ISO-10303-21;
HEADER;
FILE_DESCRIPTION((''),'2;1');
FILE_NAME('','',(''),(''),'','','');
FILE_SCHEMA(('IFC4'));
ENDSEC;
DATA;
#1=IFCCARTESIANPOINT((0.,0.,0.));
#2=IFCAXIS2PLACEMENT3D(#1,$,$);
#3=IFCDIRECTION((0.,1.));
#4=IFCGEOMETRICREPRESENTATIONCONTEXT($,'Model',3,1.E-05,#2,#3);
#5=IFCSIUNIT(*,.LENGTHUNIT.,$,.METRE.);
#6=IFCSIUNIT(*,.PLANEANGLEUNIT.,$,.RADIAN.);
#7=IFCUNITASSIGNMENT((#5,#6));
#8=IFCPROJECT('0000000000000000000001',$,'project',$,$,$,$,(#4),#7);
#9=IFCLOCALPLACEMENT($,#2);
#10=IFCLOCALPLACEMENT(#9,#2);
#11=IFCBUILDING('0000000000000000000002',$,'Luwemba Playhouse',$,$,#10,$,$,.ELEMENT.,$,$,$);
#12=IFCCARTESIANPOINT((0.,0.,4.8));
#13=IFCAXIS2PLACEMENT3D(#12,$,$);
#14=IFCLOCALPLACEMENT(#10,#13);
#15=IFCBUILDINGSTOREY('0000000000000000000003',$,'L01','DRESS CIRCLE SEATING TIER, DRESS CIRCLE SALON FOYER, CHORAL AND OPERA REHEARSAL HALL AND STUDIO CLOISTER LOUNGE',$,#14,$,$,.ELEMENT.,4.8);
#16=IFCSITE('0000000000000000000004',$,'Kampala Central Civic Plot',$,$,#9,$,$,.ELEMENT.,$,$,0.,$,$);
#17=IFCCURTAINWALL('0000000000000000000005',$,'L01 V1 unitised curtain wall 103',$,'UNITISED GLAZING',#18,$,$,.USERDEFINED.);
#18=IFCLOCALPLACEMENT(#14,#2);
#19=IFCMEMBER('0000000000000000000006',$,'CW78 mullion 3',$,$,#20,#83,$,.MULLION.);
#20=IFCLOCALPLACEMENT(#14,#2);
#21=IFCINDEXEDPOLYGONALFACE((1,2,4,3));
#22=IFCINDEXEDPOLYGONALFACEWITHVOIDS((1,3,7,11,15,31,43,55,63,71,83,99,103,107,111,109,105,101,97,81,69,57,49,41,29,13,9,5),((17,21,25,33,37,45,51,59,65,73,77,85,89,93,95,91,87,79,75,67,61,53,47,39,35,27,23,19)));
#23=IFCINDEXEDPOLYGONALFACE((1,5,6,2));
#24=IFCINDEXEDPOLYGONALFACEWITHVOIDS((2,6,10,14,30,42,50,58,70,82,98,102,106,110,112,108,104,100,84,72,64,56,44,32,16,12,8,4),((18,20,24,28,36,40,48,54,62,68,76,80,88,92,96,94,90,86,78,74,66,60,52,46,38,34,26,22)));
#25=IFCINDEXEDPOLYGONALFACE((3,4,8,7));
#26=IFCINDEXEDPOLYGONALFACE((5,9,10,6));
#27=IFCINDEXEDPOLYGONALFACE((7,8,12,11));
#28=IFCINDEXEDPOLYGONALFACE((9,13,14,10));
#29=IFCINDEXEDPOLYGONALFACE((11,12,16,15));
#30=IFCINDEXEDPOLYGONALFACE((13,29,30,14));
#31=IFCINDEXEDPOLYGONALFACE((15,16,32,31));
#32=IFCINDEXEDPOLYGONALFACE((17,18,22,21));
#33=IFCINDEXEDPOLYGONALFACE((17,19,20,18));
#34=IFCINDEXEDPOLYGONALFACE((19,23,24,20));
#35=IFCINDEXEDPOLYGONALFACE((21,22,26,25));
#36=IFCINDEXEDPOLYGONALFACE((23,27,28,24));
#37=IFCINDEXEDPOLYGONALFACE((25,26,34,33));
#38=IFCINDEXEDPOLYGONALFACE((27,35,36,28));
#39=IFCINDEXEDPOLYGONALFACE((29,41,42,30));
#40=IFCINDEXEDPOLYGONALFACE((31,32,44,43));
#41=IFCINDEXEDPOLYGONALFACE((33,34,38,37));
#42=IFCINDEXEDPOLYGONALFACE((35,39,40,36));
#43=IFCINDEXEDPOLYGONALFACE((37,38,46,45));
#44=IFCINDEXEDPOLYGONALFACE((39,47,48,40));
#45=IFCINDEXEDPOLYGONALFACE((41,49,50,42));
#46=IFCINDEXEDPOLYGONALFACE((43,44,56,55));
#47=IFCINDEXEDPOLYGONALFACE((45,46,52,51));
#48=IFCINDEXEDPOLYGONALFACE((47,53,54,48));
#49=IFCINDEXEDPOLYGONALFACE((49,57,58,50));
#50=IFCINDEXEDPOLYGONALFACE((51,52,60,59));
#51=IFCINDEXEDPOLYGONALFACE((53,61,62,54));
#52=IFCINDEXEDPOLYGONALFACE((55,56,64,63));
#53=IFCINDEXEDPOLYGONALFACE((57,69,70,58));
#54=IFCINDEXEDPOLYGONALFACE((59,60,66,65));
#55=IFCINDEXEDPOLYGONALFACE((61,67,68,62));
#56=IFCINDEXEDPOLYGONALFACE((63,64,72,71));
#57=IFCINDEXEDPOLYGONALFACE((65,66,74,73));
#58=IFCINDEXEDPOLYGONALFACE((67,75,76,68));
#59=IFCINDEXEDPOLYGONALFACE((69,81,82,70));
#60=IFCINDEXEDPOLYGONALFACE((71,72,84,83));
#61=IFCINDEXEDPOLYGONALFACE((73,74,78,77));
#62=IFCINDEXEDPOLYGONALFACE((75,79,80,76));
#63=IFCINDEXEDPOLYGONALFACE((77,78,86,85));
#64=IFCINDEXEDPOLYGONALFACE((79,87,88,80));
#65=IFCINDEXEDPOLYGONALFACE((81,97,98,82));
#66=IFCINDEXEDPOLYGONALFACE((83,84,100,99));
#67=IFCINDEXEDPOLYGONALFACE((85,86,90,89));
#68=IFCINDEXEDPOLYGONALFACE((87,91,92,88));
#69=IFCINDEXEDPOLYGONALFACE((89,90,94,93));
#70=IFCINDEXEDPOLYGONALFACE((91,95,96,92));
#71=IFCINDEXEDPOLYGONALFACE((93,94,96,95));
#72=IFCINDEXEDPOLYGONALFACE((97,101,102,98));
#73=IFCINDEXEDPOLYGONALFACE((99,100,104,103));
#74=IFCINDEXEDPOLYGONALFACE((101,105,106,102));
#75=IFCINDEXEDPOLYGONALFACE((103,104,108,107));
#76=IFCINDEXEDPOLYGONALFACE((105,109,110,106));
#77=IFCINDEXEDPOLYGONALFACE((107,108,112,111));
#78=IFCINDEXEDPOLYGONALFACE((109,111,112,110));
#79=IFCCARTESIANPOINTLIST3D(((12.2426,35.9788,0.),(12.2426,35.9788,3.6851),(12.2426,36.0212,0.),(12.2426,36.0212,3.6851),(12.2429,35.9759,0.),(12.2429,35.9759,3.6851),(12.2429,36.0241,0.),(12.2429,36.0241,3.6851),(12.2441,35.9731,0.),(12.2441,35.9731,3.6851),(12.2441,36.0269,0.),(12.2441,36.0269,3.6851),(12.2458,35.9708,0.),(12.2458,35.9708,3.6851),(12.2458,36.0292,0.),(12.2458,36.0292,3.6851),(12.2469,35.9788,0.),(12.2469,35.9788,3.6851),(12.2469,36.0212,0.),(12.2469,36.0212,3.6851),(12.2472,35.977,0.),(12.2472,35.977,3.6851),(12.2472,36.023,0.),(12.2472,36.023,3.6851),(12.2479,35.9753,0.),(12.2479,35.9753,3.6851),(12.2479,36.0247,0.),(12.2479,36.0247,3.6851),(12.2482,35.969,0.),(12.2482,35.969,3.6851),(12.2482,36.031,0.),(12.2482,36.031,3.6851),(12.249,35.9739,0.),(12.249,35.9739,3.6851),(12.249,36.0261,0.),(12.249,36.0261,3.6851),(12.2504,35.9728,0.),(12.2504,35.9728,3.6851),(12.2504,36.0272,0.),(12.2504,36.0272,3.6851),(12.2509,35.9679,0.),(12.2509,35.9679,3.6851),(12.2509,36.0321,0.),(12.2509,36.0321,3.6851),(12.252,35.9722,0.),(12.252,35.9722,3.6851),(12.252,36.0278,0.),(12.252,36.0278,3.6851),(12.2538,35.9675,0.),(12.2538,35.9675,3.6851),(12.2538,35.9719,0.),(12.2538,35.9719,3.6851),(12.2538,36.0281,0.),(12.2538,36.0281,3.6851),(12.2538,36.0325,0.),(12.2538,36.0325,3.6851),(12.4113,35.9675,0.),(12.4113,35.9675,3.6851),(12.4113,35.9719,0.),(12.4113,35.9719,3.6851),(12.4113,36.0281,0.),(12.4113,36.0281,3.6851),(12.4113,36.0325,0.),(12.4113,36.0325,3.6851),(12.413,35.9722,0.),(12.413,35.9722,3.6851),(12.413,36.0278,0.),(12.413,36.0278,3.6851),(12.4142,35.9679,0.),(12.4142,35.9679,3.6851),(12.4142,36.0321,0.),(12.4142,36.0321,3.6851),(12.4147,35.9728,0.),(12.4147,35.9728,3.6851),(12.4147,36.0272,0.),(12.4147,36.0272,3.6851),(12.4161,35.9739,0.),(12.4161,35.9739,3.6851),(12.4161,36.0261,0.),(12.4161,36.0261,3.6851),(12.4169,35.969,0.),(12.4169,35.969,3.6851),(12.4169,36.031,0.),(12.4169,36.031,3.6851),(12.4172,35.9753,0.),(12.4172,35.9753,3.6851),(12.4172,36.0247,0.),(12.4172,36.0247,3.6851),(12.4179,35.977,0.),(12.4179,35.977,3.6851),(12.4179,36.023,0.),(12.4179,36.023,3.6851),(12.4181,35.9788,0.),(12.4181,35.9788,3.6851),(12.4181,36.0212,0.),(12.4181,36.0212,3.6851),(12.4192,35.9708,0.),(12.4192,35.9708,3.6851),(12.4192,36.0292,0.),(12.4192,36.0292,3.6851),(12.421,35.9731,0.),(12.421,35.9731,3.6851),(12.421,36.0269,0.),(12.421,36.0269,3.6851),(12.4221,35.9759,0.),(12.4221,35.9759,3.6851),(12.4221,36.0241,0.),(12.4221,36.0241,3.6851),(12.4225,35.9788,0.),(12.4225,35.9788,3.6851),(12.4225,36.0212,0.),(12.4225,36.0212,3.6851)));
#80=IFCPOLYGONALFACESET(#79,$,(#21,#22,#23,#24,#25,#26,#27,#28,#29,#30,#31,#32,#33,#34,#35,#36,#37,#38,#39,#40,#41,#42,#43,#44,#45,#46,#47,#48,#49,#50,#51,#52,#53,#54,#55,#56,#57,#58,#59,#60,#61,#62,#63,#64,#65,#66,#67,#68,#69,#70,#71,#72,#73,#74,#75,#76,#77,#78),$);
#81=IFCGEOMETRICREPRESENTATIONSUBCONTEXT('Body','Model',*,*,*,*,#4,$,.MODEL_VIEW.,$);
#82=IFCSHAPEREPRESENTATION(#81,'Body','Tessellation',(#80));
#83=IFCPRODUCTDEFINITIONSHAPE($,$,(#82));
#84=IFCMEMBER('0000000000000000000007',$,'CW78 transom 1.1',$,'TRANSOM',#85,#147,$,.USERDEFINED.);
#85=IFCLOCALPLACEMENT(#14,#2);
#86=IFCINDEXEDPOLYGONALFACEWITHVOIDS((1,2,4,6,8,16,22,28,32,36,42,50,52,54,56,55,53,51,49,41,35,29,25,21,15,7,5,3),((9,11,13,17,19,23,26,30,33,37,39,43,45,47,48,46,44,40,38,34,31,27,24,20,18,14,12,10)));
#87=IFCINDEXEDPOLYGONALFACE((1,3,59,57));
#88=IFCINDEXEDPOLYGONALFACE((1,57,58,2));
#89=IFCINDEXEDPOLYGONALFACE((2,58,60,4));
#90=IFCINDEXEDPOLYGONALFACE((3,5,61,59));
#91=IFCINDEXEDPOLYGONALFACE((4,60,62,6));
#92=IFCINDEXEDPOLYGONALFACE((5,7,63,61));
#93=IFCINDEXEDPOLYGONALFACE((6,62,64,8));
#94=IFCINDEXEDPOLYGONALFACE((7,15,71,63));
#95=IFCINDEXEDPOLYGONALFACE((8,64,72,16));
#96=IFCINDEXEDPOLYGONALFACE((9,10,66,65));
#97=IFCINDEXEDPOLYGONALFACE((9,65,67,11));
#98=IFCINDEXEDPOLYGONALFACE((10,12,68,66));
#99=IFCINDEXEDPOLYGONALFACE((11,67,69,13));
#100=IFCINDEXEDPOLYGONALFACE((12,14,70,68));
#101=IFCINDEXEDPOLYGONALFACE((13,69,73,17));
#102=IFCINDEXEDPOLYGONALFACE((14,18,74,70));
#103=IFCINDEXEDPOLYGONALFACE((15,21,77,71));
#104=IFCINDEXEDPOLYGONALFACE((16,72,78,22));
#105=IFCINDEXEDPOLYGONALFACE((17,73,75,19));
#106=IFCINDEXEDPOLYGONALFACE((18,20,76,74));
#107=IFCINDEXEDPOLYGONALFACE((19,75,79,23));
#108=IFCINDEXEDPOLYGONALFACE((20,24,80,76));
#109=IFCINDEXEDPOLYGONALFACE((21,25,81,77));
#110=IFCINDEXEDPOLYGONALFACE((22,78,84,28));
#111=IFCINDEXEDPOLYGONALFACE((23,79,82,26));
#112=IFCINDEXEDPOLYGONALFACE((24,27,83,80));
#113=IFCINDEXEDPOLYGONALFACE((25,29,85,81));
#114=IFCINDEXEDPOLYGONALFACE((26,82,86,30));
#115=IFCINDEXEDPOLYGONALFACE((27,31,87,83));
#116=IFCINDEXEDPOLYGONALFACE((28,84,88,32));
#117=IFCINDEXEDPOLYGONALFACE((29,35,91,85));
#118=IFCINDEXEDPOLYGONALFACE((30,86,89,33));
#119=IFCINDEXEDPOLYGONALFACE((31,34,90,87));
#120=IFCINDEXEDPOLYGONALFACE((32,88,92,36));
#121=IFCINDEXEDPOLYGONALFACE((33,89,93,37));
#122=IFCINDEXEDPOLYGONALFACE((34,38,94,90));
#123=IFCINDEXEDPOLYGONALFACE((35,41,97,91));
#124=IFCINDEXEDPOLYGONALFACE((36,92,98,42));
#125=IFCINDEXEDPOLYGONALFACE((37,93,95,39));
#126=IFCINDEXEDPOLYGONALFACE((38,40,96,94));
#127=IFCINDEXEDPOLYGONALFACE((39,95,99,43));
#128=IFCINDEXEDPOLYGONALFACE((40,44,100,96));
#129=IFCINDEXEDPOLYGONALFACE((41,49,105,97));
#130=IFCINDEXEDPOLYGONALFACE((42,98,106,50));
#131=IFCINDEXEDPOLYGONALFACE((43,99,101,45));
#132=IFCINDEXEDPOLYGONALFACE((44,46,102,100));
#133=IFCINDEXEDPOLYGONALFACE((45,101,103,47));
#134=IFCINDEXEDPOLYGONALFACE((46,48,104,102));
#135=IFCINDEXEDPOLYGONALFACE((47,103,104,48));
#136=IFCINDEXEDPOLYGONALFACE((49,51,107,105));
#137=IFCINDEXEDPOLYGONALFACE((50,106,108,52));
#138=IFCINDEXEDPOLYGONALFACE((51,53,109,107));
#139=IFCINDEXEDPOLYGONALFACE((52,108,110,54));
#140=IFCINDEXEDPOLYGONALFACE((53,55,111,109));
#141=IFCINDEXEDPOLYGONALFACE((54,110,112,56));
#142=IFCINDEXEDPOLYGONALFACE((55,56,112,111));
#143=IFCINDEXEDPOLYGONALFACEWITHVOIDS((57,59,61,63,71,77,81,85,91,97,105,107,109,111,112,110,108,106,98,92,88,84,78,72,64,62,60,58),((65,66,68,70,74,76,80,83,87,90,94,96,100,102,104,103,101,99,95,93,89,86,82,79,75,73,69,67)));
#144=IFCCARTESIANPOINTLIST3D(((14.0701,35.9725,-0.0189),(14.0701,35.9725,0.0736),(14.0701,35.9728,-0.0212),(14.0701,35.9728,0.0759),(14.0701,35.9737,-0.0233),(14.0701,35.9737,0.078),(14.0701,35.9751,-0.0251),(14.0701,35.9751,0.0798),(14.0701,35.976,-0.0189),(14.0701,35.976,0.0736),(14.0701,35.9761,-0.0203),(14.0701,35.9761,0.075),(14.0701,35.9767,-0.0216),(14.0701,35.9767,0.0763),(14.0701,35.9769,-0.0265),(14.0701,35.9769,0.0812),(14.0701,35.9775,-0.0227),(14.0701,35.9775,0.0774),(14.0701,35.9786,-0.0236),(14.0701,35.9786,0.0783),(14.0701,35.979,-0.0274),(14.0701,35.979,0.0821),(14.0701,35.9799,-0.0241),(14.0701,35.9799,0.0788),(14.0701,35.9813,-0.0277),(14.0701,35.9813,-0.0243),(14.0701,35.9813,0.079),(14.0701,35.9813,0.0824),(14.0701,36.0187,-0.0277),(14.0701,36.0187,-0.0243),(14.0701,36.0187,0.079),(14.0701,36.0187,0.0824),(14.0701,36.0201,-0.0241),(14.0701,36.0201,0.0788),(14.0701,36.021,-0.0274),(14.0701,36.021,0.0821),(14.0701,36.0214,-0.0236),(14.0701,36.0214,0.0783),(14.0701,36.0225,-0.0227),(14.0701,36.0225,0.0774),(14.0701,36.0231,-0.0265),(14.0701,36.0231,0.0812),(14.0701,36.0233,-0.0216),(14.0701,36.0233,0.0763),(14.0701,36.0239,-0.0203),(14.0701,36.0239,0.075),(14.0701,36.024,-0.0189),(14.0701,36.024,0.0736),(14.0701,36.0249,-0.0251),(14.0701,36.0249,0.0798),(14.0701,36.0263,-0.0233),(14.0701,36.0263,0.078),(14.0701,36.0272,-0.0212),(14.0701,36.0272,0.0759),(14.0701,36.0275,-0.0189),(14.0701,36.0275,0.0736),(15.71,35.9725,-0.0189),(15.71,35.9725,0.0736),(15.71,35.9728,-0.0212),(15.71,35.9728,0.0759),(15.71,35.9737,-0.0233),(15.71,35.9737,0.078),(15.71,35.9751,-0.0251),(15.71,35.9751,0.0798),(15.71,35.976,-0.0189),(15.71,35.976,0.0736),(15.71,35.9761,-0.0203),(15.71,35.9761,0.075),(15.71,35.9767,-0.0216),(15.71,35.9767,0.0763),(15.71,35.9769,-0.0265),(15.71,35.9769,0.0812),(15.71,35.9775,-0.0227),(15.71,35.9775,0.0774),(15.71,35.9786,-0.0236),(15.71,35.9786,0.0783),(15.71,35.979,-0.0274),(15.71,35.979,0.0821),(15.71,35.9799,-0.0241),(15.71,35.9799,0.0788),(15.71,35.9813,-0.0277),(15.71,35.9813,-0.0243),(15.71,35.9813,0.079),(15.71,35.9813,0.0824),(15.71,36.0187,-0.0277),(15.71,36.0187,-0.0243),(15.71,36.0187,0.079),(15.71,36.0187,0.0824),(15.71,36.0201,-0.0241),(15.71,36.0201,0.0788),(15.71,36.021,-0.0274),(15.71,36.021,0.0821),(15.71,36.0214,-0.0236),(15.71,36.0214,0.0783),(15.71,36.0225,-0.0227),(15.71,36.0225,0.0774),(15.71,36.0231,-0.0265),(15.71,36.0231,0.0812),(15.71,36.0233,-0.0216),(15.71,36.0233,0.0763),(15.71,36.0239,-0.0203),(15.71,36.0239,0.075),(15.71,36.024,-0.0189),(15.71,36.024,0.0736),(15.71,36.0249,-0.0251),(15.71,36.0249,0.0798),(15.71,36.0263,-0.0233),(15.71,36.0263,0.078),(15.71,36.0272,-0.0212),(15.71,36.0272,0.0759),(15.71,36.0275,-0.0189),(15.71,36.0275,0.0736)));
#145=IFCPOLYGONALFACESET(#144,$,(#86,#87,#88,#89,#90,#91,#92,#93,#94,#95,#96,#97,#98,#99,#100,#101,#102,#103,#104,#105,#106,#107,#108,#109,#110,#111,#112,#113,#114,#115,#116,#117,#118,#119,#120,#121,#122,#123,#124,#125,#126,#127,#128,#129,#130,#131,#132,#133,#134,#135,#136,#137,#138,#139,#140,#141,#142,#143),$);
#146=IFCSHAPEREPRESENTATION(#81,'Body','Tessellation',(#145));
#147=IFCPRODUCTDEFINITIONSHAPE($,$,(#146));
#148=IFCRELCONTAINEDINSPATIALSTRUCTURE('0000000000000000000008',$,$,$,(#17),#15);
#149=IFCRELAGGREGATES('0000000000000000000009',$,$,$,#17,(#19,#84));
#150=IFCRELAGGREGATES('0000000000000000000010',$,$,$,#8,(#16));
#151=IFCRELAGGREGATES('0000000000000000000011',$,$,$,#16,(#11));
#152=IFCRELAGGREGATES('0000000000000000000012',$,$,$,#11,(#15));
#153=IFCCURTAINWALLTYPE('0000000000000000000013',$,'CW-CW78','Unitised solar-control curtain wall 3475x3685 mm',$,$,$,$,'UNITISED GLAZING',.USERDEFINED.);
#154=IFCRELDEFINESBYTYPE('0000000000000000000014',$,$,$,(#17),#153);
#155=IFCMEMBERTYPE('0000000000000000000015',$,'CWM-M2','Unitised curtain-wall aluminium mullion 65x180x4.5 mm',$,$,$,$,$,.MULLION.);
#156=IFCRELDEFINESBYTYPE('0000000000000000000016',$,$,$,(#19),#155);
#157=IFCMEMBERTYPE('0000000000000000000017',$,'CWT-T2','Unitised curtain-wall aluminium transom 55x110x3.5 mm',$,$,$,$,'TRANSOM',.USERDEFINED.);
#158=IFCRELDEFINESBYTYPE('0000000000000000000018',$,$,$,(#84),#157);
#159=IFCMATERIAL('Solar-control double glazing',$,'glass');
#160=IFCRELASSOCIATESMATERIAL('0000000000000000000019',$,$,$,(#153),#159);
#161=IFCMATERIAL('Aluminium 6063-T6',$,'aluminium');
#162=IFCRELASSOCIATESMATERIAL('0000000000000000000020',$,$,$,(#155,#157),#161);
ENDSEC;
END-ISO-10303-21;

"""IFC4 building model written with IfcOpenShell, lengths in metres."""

from ifc_helpers import new_model, si_unit, direction, frame, origin, origin_2d, place, context, subcontext, project, spatial, hollow_rectangle, extrude, material, material_profile, profile_set, type_object, element, aggregate, save


model = new_model("IFC4")

# Units and contexts
model_context = context("Model", 3, precision=1e-05, world=origin(), true_north=direction((0.0, 1.0)))
body_context = subcontext(model_context, "Body", "Model", "MODEL_VIEW")
ifc_project = project(units=[si_unit("LENGTHUNIT", "METRE"), si_unit("PLANEANGLEUNIT", "RADIAN")], contexts=[model_context])

# Site, building, storey
site_placement = place(None, origin())
site = spatial("IfcSite", under=ifc_project, at=site_placement, Name="Kampala Central Civic Plot", CompositionType="ELEMENT", RefElevation=0.0)
building_placement = place(site_placement, origin())
building = spatial("IfcBuilding", under=site, at=building_placement, Name="Luwemba Playhouse", CompositionType="ELEMENT")
storey_placement = place(building_placement, frame((0.0, 0.0, 4.8)))
storey = spatial("IfcBuildingStorey", under=building, at=storey_placement, Name="L01", Description="DRESS CIRCLE SEATING TIER, DRESS CIRCLE SALON FOYER, CHORAL AND OPERA REHEARSAL HALL AND STUDIO CLOISTER LOUNGE", CompositionType="ELEMENT", Elevation=4.8)

# Curtain wall, members
ifc_material_1 = material(Name="Solar-control double glazing", Category="glass")
curtain_wall_type = type_object("IfcCurtainWallType", Name="CW-CW78", Description="Unitised solar-control curtain wall 3475x3685 mm", ElementType="UNITISED GLAZING", PredefinedType="USERDEFINED", material=ifc_material_1)
curtain_wall_placement = place(storey_placement, origin())
curtain_wall = element("IfcCurtainWall", 1, at=curtain_wall_placement, inside=storey, type_object=curtain_wall_type, Name="L01 V1 unitised curtain wall 103", ObjectType="UNITISED GLAZING", PredefinedType="USERDEFINED")
ifc_material_2 = material(Name="Aluminium 6063-T6", Category="aluminium")
ifc_material_profile_1 = material_profile(ifc_material_2, hollow_rectangle(XDim=0.0649, YDim=0.1799, WallThickness=0.0044, InnerFilletRadius=0.0068, OuterFilletRadius=0.0112, at=origin_2d()))
ifc_profile_set_1 = profile_set([ifc_material_profile_1], Name="Aluminium 6063-T6")
member_type_1 = type_object("IfcMemberType", Name="CWM-M2", Description="Unitised curtain-wall aluminium mullion 65x180x4.5 mm", PredefinedType="MULLION", material=ifc_profile_set_1)
member_1_placement = place(storey_placement, frame((12.3325, 36.0, 0.0), z_axis=(0.0, 0.0, 1.0), x_axis=(0.0, -1.0, 0.0)))
member_1 = element("IfcMember", 2, at=member_1_placement, type_object=member_type_1, Name="CW78 mullion 3", PredefinedType="MULLION", context=body_context, shape_type="SweptSolid", body=[
    extrude(hollow_rectangle(XDim=0.0649, YDim=0.1799, WallThickness=0.0044, InnerFilletRadius=0.0068, OuterFilletRadius=0.0112, at=origin_2d()), origin(), (0.0, 0.0, 1.0), 3.6851),
])
ifc_material_profile_2 = material_profile(ifc_material_2, hollow_rectangle(XDim=0.0549, YDim=0.1101, WallThickness=0.0034, InnerFilletRadius=0.0054, OuterFilletRadius=0.0088, at=origin_2d()))
ifc_profile_set_2 = profile_set([ifc_material_profile_2], Name="Aluminium 6063-T6")
member_type_2 = type_object("IfcMemberType", Name="CWT-T2", Description="Unitised curtain-wall aluminium transom 55x110x3.5 mm", ElementType="TRANSOM", PredefinedType="USERDEFINED", material=ifc_profile_set_2)
member_2_placement = place(storey_placement, frame((15.71, 36.0, 0.0273), z_axis=(-1.0, 0.0, 0.0), x_axis=(0.0, -1.0, 0.0)))
member_2 = element("IfcMember", 3, at=member_2_placement, type_object=member_type_2, Name="CW78 transom 1.1", ObjectType="TRANSOM", PredefinedType="USERDEFINED", context=body_context, shape_type="SweptSolid", body=[
    extrude(hollow_rectangle(XDim=0.0549, YDim=0.1101, WallThickness=0.0034, InnerFilletRadius=0.0054, OuterFilletRadius=0.0088, at=origin_2d()), origin(), (0.0, 0.0, 1.0), 1.6399),
])
aggregate(curtain_wall, [member_1, member_2])

save(model, "model.ifc")
